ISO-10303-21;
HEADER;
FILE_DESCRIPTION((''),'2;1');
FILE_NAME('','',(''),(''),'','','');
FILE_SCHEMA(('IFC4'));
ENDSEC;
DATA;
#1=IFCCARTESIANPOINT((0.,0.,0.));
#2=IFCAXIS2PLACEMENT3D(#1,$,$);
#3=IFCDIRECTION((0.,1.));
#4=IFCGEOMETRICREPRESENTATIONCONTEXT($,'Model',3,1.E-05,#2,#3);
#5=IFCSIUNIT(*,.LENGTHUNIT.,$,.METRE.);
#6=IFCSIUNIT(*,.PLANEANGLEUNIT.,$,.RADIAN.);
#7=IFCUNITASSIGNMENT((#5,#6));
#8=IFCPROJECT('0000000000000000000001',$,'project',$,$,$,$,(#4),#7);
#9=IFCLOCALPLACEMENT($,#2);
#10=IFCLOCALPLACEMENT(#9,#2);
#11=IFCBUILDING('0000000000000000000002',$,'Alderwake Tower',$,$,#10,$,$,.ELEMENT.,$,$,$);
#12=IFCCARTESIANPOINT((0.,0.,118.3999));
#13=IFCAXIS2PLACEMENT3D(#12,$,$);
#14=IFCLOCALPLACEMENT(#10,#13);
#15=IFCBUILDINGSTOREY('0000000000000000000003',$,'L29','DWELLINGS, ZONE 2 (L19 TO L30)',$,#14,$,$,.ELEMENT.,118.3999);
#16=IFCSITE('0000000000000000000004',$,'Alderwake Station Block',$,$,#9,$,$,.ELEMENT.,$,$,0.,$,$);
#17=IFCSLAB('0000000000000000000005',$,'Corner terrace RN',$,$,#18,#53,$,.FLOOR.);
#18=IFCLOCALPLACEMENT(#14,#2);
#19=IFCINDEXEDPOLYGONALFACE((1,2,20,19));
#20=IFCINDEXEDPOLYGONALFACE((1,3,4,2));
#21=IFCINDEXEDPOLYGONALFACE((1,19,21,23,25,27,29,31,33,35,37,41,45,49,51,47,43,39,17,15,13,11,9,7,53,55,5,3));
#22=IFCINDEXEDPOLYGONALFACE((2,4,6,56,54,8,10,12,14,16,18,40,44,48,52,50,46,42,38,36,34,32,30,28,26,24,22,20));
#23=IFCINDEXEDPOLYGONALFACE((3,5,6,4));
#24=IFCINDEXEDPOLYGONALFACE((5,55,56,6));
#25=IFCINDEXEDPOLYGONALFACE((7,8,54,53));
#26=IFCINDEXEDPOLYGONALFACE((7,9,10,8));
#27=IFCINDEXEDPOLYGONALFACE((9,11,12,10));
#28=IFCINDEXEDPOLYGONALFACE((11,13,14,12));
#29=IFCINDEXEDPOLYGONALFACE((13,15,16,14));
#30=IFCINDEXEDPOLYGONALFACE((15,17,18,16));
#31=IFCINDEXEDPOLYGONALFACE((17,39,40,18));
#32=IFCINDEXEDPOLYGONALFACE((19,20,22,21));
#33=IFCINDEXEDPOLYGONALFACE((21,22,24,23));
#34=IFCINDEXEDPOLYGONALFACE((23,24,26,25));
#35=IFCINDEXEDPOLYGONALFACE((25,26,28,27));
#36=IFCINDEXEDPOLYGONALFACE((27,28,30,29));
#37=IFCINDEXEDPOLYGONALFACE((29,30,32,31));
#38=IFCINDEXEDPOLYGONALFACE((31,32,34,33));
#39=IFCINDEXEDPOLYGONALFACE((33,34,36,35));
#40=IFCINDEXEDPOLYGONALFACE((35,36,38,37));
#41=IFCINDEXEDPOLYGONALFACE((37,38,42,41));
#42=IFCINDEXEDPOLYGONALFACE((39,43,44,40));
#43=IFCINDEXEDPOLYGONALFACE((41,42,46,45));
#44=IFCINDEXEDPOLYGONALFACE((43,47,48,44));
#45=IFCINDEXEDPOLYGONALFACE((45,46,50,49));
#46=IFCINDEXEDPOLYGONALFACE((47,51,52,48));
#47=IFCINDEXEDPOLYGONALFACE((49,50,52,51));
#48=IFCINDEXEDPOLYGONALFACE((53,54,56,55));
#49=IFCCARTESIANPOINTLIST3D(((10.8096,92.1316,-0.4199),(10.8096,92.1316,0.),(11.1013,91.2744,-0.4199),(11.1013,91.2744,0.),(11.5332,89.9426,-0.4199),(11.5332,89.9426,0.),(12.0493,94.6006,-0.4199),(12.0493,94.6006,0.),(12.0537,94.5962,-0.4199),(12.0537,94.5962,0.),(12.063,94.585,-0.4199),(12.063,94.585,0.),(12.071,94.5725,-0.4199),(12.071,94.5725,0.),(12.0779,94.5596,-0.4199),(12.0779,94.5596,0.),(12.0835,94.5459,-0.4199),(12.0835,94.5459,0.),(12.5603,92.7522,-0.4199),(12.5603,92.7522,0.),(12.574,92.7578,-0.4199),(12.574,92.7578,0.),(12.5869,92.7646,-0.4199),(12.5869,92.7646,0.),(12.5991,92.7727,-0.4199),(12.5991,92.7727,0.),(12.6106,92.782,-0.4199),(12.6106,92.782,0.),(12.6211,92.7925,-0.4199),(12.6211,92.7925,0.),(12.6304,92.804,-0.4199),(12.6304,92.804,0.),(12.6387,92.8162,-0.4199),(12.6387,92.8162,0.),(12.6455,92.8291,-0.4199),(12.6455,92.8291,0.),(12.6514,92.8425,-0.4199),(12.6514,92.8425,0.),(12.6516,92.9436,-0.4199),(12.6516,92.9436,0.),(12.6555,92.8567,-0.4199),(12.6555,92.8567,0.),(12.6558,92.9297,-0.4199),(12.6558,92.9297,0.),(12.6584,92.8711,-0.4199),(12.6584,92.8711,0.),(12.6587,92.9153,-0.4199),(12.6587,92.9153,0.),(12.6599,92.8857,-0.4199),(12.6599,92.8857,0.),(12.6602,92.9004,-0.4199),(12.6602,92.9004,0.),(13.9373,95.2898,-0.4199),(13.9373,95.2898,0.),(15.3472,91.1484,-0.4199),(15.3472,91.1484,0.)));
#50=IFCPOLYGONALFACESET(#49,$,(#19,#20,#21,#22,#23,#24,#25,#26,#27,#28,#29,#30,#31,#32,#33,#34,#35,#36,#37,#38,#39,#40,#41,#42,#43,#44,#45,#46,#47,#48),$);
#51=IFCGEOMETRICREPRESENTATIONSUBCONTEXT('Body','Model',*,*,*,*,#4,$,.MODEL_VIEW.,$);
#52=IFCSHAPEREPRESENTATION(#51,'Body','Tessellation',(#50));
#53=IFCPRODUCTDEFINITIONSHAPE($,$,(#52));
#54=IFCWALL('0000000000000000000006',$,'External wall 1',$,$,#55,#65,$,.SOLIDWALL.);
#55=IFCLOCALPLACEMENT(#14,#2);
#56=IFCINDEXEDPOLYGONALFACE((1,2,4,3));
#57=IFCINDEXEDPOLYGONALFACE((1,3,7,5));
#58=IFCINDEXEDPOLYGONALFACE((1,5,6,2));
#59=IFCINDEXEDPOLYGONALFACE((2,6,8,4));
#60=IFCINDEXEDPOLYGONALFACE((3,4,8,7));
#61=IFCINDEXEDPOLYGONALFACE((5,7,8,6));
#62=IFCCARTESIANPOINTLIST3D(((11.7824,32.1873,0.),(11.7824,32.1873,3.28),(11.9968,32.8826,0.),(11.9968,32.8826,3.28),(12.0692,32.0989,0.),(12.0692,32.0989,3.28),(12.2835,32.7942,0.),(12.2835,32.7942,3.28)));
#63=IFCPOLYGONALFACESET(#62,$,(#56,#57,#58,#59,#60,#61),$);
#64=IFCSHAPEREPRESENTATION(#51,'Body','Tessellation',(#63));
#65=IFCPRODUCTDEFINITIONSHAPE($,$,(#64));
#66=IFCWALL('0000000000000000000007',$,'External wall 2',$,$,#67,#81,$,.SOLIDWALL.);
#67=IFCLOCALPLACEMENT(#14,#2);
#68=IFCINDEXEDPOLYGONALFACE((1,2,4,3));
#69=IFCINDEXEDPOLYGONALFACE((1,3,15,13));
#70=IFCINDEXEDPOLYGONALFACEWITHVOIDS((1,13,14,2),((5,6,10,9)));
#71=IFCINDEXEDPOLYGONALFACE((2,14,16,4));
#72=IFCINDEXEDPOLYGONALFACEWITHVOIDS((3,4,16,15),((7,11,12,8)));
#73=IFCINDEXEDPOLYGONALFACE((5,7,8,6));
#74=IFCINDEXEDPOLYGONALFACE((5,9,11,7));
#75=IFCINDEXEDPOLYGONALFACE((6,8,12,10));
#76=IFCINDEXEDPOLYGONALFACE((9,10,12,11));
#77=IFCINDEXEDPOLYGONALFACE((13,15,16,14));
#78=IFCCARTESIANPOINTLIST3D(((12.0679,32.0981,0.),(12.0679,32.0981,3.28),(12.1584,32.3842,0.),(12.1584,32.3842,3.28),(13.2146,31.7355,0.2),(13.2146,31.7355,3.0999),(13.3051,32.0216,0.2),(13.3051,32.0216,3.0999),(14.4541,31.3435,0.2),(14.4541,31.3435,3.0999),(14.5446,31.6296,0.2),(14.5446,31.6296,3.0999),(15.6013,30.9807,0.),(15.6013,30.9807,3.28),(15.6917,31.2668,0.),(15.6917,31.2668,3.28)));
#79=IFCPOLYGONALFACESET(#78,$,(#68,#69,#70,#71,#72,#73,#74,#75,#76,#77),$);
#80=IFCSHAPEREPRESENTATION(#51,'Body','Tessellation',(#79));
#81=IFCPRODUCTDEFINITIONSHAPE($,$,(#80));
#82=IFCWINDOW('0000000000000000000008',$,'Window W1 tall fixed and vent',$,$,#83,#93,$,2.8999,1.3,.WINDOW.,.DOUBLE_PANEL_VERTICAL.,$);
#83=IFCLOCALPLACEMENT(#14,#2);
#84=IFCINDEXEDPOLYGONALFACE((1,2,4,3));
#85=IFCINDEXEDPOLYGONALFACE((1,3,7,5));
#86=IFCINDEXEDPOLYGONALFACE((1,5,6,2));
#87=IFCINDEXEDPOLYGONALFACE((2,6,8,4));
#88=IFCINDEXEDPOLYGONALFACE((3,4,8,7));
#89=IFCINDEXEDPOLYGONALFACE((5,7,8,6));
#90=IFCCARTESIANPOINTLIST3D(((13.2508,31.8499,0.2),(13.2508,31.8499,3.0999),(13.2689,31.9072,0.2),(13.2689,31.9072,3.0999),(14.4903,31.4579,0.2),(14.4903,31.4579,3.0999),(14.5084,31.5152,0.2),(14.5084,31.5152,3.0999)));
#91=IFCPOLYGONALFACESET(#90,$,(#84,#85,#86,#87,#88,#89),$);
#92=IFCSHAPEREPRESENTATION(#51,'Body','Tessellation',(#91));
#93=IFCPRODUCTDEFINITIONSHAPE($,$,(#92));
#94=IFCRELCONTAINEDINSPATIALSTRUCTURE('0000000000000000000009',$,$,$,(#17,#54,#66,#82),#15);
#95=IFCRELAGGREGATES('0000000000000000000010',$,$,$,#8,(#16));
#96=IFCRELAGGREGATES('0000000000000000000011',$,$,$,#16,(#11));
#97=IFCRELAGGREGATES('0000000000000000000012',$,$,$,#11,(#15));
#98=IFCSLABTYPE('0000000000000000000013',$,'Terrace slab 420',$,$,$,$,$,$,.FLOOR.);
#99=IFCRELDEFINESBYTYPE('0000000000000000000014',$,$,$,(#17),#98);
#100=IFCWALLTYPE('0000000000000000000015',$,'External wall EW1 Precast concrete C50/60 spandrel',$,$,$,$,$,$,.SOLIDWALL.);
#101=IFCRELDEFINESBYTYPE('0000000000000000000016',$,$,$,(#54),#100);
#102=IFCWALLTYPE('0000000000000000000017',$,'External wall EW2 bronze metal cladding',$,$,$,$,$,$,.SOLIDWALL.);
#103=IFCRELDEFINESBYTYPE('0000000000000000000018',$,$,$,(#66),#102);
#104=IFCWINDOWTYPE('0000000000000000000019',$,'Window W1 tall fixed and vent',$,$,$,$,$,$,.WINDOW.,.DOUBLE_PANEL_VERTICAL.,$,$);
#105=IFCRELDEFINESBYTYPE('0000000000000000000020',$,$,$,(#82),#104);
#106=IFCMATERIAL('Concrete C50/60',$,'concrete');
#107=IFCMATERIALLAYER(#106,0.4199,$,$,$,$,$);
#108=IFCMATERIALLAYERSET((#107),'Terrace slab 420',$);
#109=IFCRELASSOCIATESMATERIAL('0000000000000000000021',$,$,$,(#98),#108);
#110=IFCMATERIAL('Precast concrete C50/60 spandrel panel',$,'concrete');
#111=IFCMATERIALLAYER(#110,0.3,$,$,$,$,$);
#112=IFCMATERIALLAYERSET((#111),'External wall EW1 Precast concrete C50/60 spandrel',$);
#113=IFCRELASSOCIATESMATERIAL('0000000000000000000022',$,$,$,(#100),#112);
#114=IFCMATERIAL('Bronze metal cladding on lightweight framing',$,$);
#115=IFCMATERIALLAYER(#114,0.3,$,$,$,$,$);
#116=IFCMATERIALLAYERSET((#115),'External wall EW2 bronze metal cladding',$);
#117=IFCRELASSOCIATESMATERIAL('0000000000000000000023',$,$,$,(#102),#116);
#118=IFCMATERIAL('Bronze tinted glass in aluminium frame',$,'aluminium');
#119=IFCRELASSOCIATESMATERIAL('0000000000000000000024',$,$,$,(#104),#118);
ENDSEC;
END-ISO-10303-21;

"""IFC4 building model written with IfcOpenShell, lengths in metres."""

from ifc_helpers import new_model, si_unit, direction, frame, frame_2d, origin, place, context, subcontext, project, spatial, polyline, rectangle, outline, extrude, material, layer, layer_set, type_object, element, fill, save


model = new_model("IFC4")

# Units and contexts
model_context = context("Model", 3, precision=1e-05, world=origin(), true_north=direction((0.0, 1.0)))
body_context = subcontext(model_context, "Body", "Model", "MODEL_VIEW")
ifc_project = project(units=[si_unit("LENGTHUNIT", "METRE"), si_unit("PLANEANGLEUNIT", "RADIAN")], contexts=[model_context])

# Site, building, storey
site_placement = place(None, origin())
site = spatial("IfcSite", under=ifc_project, at=site_placement, Name="Alderwake Station Block", CompositionType="ELEMENT", RefElevation=0.0)
building_placement = place(site_placement, origin())
building = spatial("IfcBuilding", under=site, at=building_placement, Name="Alderwake Tower", CompositionType="ELEMENT")
storey_placement = place(building_placement, frame((0.0, 0.0, 118.3999)))
storey = spatial("IfcBuildingStorey", under=building, at=storey_placement, Name="L29", Description="DWELLINGS, ZONE 2 (L19 TO L30)", CompositionType="ELEMENT", Elevation=118.3999)

# Slab
ifc_material_1 = material(Name="Concrete C50/60", Category="concrete")
ifc_layer_1 = layer(ifc_material_1, 0.4199)
ifc_layer_set_1 = layer_set([ifc_layer_1], Name="Terrace slab 420")
slab_type_1 = type_object("IfcSlabType", Name="Terrace slab 420", PredefinedType="FLOOR", material=ifc_layer_set_1)
slab_1_placement = place(storey_placement, frame((0.0, 0.0, -0.4199)))
element("IfcSlab", 1, at=slab_1_placement, inside=storey, type_object=slab_type_1, Name="Corner terrace RN", PredefinedType="FLOOR", context=body_context, shape_type="SweptSolid", body=[
    extrude(outline(polyline([(10.8096, 92.1316), (12.5603, 92.7522), (12.574, 92.7578), (12.5869, 92.7646), (12.5991, 92.7727), (12.6106, 92.782), (12.6211, 92.7925), (12.6304, 92.804), (12.6387, 92.8162), (12.6455, 92.8291), (12.6514, 92.8425), (12.6555, 92.8567), (12.6584, 92.8711), (12.6599, 92.8857), (12.6602, 92.9004), (12.6587, 92.9153), (12.6558, 92.9297), (12.6516, 92.9436), (12.0835, 94.5459), (12.0779, 94.5596), (12.071, 94.5725), (12.063, 94.585), (12.0537, 94.5962), (12.0493, 94.6006), (13.9373, 95.2898), (15.3472, 91.1484), (11.5332, 89.9426), (11.1013, 91.2744), (10.8096, 92.1316)])), origin(), (0.0, 0.0, 1.0), 0.4199),
])

# Wall
ifc_material_2 = material(Name="Precast concrete C50/60 spandrel panel", Category="concrete")
ifc_layer_2 = layer(ifc_material_2, 0.3)
ifc_layer_set_2 = layer_set([ifc_layer_2], Name="External wall EW1 Precast concrete C50/60 spandrel")
wall_type_1 = type_object("IfcWallType", Name="External wall EW1 Precast concrete C50/60 spandrel", PredefinedType="SOLIDWALL", material=ifc_layer_set_2)
wall_1_placement = place(storey_placement, frame((12.1401, 32.8384, 0.0), z_axis=(0.0, 0.0, 1.0), x_axis=(-0.294605, -0.955619, 0.0)))
element("IfcWall", 2, at=wall_1_placement, inside=storey, type_object=wall_type_1, Name="External wall 1", PredefinedType="SOLIDWALL", context=body_context, shape_type="SweptSolid", body=[
    extrude(rectangle(XDim=0.7275, YDim=0.3, at=frame_2d((0.3638, 0.0))), origin(), (0.0, 0.0, 1.0), 3.28),
])

# Wall, opening, window
ifc_material_3 = material(Name="Bronze metal cladding on lightweight framing")
ifc_layer_3 = layer(ifc_material_3, 0.3)
ifc_layer_set_3 = layer_set([ifc_layer_3], Name="External wall EW2 bronze metal cladding")
wall_type_2 = type_object("IfcWallType", Name="External wall EW2 bronze metal cladding", PredefinedType="SOLIDWALL", material=ifc_layer_set_3)
wall_2_placement = place(storey_placement, frame((12.113, 32.2412, 0.0), z_axis=(0.0, 0.0, 1.0), x_axis=(0.953458, -0.301525, 0.0)))
wall_2 = element("IfcWall", 3, at=wall_2_placement, inside=storey, type_object=wall_type_2, Name="External wall 2", PredefinedType="SOLIDWALL", context=body_context, shape_type="SweptSolid", body=[
    extrude(rectangle(XDim=3.7058, YDim=0.3, at=frame_2d((1.853, 0.0))), origin(), (0.0, 0.0, 1.0), 3.28),
])
opening_placement = place(wall_2_placement, frame((1.2029, 0.0, 0.2)))
opening = element("IfcOpeningElement", 4, at=opening_placement, cuts=wall_2, PredefinedType="OPENING", context=body_context, shape_type="SweptSolid", body=[
    extrude(rectangle(XDim=1.3, YDim=2.8999, at=frame_2d((0.6499, 1.45))), frame((0.0, 0.1599, 0.0), z_axis=(0.0, -1.0, 0.0), x_axis=(1.0, 0.0, 0.0)), (0.0, 0.0, 1.0), 0.3201),
])
ifc_material_4 = material(Name="Bronze tinted glass in aluminium frame", Category="aluminium")
window_type = type_object("IfcWindowType", Name="Window W1 tall fixed and vent", PartitioningType="DOUBLE_PANEL_VERTICAL", PredefinedType="WINDOW", material=ifc_material_4)
window_placement = place(opening_placement, origin())
window = element("IfcWindow", 5, at=window_placement, inside=storey, type_object=window_type, Name="Window W1 tall fixed and vent", OverallHeight=2.8999, OverallWidth=1.3, PartitioningType="DOUBLE_PANEL_VERTICAL", PredefinedType="WINDOW", context=body_context, shape_type="SweptSolid", body=[
    extrude(rectangle(XDim=1.3, YDim=2.8999, at=frame_2d((0.6499, 1.45))), frame((0.0, 0.03, 0.0), z_axis=(0.0, -1.0, 0.0), x_axis=(1.0, 0.0, 0.0)), (0.0, 0.0, 1.0), 0.0601),
])
fill(opening, window)

save(model, "model.ifc")
